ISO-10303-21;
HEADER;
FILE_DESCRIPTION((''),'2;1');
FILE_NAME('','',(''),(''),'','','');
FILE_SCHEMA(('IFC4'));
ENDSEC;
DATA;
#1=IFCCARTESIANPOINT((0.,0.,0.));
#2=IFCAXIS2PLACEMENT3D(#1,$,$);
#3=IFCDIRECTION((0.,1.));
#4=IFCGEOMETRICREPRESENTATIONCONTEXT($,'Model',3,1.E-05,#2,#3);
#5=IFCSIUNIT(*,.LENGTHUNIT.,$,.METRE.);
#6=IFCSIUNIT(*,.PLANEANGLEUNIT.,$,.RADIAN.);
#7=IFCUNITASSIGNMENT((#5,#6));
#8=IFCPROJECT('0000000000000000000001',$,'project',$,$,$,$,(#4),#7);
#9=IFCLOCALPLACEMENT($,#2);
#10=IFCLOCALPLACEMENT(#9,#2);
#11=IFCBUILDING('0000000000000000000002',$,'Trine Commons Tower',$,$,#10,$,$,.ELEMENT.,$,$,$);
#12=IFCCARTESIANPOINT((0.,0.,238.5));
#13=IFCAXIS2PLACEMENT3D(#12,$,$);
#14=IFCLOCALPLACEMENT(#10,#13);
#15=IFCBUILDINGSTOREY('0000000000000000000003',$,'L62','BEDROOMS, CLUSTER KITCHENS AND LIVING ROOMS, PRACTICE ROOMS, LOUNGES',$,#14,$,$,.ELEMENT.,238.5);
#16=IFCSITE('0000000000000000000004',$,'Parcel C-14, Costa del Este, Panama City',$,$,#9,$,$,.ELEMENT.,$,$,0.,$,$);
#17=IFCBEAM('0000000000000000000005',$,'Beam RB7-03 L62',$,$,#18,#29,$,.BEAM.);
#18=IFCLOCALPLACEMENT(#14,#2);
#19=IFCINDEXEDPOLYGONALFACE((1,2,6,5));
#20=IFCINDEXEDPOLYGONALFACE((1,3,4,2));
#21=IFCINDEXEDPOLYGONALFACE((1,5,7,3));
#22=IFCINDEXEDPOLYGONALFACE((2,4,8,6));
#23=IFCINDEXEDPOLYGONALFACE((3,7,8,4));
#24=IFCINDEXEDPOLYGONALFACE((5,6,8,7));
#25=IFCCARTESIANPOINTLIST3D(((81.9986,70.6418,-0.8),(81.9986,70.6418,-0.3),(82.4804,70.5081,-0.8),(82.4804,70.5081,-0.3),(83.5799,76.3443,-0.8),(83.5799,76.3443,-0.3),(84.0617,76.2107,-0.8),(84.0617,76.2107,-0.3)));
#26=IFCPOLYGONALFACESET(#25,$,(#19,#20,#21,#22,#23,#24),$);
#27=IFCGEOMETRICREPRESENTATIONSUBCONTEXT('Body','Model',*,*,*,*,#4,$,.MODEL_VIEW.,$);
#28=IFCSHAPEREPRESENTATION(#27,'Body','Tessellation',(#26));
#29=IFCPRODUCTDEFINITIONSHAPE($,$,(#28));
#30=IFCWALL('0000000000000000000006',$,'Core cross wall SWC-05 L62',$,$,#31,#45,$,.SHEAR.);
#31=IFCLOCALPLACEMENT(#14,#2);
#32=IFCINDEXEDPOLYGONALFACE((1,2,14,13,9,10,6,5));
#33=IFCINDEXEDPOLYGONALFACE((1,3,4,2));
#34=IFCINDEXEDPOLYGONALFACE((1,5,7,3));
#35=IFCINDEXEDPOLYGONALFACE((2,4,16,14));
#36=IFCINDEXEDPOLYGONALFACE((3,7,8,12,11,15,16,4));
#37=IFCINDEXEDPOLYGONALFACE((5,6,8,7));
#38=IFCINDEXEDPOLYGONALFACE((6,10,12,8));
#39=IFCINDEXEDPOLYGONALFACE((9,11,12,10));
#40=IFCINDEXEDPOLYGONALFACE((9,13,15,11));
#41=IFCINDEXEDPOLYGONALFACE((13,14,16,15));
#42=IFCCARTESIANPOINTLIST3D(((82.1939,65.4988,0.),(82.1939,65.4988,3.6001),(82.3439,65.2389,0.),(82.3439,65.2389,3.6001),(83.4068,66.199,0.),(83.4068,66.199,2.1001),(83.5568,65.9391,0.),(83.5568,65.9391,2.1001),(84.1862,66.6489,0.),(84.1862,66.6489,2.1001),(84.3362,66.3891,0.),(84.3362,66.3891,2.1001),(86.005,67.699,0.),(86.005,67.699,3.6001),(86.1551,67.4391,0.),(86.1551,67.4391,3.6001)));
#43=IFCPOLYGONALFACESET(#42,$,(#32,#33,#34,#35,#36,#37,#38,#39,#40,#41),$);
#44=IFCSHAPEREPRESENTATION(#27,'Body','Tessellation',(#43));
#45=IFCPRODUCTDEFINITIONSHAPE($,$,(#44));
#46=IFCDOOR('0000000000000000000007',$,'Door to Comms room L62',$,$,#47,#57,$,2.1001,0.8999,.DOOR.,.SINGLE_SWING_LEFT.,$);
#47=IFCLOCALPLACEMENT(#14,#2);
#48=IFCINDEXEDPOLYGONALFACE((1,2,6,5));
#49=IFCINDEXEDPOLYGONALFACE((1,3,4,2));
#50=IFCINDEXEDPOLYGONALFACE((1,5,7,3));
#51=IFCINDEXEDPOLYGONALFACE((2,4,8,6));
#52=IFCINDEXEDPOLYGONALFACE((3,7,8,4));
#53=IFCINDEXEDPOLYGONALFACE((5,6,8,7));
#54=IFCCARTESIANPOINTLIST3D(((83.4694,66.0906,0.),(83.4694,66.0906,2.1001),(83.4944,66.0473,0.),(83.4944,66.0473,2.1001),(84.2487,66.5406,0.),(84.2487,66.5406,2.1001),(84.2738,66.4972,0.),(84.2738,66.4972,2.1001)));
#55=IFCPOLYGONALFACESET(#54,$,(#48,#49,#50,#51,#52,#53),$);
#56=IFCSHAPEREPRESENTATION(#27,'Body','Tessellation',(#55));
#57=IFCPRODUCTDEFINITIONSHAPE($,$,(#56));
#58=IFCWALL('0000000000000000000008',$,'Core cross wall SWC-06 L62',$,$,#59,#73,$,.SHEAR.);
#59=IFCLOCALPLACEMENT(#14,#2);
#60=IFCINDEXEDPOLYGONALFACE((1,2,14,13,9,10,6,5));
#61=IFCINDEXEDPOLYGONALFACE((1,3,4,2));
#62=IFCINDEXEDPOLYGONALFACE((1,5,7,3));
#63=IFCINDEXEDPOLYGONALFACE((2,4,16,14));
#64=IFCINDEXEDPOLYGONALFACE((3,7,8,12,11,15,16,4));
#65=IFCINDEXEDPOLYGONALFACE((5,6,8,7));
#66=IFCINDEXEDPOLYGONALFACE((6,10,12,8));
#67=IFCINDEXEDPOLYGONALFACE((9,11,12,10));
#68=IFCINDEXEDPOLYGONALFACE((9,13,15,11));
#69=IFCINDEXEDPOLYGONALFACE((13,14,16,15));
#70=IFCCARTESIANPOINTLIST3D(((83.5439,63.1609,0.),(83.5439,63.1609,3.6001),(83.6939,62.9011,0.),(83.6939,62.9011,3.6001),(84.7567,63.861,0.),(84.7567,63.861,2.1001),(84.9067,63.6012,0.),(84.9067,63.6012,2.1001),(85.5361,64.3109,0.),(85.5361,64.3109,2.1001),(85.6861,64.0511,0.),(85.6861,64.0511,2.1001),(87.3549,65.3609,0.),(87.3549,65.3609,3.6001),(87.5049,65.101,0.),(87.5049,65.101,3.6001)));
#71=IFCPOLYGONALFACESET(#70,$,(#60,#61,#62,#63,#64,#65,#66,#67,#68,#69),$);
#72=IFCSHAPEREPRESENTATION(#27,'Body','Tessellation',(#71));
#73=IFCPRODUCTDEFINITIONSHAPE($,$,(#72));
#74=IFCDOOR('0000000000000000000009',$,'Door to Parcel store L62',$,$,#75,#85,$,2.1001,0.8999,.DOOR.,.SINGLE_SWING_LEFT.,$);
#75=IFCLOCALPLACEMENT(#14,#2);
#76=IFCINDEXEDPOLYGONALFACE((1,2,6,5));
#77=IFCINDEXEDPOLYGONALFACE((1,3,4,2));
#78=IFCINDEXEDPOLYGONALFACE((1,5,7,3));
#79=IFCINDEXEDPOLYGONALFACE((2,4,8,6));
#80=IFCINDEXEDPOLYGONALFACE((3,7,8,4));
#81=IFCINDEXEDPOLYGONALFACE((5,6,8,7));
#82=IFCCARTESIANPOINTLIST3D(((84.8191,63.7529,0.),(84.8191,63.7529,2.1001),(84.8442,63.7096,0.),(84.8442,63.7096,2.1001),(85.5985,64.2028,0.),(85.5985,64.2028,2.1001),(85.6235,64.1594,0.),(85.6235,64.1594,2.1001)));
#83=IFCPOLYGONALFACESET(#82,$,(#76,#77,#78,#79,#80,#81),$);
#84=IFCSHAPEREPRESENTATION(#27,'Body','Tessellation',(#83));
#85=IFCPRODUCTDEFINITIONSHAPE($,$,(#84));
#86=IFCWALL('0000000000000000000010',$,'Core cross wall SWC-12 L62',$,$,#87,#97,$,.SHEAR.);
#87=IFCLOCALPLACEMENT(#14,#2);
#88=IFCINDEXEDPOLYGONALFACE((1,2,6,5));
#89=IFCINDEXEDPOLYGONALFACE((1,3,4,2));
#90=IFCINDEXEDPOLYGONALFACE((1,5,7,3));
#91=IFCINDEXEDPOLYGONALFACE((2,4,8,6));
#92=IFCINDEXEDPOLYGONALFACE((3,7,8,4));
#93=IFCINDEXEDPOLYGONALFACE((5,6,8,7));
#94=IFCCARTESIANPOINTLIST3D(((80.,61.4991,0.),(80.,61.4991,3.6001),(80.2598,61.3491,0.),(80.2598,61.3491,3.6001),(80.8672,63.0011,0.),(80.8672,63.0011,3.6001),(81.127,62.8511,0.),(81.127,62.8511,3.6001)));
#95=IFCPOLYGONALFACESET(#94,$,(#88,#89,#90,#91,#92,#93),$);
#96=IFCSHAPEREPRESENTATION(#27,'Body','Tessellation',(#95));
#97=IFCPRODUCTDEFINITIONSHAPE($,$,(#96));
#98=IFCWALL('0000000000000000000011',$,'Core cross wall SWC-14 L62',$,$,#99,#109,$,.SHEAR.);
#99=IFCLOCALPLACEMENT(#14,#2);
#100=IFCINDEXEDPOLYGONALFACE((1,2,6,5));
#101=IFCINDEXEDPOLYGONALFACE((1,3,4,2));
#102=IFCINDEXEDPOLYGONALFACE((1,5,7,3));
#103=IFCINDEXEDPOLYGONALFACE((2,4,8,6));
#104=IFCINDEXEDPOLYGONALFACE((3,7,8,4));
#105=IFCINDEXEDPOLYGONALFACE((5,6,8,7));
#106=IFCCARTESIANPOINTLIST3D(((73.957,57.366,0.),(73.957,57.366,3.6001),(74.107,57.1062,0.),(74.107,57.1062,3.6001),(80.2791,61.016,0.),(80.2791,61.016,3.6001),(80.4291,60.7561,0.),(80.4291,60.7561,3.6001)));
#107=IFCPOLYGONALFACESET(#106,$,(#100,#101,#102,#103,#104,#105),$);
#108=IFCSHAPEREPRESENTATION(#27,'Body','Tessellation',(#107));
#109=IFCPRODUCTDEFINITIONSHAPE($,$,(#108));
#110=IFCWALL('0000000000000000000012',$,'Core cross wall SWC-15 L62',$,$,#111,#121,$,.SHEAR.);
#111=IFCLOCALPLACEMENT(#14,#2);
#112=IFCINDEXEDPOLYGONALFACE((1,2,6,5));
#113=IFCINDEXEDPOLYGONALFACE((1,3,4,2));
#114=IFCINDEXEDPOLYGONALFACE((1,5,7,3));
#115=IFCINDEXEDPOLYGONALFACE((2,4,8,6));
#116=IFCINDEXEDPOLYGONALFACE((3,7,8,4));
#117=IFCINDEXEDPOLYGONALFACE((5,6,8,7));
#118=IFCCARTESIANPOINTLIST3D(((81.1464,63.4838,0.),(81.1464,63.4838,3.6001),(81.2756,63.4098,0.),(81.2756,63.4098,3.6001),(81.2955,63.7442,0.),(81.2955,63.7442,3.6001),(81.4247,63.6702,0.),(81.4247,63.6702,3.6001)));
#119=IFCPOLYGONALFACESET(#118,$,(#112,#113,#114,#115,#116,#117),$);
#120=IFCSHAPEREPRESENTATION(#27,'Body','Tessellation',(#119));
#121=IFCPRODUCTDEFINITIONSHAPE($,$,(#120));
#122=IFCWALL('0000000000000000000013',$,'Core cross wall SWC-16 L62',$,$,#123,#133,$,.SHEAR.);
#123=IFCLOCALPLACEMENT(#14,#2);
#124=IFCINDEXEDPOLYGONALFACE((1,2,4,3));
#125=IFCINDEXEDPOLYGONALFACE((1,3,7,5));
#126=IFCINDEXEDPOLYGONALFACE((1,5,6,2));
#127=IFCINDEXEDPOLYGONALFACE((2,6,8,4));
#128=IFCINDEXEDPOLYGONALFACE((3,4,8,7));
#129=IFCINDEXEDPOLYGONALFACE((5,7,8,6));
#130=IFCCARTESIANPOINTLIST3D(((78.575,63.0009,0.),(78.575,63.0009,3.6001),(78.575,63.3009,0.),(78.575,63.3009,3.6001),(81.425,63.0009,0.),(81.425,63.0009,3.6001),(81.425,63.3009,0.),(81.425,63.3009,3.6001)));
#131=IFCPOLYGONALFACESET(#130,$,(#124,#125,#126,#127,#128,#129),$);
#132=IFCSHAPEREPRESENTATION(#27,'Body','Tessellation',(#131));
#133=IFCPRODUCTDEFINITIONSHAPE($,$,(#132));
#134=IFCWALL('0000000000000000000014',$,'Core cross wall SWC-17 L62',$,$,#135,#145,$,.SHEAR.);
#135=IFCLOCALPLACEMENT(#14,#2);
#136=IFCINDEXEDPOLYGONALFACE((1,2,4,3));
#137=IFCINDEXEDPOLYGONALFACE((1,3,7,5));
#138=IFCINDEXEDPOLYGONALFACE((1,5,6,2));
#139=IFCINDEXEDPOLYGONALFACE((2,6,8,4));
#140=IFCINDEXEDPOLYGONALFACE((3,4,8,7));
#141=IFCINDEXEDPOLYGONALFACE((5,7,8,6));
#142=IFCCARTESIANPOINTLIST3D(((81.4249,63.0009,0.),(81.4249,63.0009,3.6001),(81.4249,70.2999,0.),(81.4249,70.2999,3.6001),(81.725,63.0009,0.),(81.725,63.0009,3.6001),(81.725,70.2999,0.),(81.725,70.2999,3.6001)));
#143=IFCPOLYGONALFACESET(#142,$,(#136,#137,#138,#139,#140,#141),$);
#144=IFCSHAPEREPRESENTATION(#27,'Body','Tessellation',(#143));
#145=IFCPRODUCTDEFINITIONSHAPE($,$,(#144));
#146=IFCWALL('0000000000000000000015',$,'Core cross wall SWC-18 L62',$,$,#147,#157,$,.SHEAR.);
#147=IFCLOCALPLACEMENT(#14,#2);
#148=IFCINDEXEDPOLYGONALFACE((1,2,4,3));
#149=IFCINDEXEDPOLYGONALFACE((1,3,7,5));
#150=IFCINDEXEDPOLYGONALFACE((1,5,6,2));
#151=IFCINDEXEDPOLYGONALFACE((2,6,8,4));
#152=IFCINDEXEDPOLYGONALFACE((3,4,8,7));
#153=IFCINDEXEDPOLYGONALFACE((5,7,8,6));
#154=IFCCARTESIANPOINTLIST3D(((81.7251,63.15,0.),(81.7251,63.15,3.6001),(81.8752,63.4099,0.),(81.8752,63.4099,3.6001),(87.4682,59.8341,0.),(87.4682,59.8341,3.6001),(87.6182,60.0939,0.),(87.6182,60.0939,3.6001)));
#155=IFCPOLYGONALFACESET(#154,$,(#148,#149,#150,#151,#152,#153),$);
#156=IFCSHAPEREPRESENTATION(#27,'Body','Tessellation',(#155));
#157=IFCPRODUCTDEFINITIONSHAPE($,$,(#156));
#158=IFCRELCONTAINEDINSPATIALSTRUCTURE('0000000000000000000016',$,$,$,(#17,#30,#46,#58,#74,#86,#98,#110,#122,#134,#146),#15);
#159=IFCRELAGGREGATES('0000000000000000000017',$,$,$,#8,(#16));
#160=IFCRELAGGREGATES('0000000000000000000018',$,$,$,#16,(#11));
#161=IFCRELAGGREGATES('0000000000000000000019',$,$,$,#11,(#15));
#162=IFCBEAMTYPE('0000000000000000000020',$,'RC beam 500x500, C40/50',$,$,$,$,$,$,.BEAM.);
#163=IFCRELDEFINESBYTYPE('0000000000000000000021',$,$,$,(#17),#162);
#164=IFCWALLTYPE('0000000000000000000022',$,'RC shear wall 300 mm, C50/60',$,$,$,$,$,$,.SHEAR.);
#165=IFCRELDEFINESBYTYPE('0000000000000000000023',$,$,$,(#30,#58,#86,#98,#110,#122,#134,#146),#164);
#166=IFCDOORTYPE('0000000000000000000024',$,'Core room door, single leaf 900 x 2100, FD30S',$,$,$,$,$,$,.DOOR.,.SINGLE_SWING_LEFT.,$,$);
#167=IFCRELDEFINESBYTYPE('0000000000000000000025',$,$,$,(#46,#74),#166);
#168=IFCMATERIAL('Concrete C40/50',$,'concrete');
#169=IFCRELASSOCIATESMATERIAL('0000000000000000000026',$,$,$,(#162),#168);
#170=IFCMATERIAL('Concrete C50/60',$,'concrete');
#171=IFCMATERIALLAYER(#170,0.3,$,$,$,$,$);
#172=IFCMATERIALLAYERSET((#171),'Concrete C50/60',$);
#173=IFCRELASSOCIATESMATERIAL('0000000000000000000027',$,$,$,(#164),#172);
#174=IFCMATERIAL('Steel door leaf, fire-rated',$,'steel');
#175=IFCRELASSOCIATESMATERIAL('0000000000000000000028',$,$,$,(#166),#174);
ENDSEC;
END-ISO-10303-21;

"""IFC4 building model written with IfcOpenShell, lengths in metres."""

from ifc_helpers import new_model, si_unit, direction, frame, frame_2d, origin, origin_2d, place, context, subcontext, project, spatial, rectangle, extrude, material, layer, layer_set, material_profile, profile_set, type_object, element, fill, save


model = new_model("IFC4")

# Units and contexts
model_context = context("Model", 3, precision=1e-05, world=origin(), true_north=direction((0.0, 1.0)))
body_context = subcontext(model_context, "Body", "Model", "MODEL_VIEW")
ifc_project = project(units=[si_unit("LENGTHUNIT", "METRE"), si_unit("PLANEANGLEUNIT", "RADIAN")], contexts=[model_context])

# Site, building, storey
site_placement = place(None, origin())
site = spatial("IfcSite", under=ifc_project, at=site_placement, Name="Parcel C-14, Costa del Este, Panama City", CompositionType="ELEMENT", RefElevation=0.0)
building_placement = place(site_placement, origin())
building = spatial("IfcBuilding", under=site, at=building_placement, Name="Trine Commons Tower", CompositionType="ELEMENT")
storey_placement = place(building_placement, frame((0.0, 0.0, 238.5)))
storey = spatial("IfcBuildingStorey", under=building, at=storey_placement, Name="L62", Description="BEDROOMS, CLUSTER KITCHENS AND LIVING ROOMS, PRACTICE ROOMS, LOUNGES", CompositionType="ELEMENT", Elevation=238.5)

# Beam
ifc_material_1 = material(Name="Concrete C40/50", Category="concrete")
ifc_material_profile = material_profile(ifc_material_1, rectangle(XDim=0.5, YDim=0.5, at=origin_2d()), Name="RC 500x500")
ifc_profile_set = profile_set([ifc_material_profile], Name="Concrete C40/50")
beam_type = type_object("IfcBeamType", Name="RC beam 500x500, C40/50", PredefinedType="BEAM", material=ifc_profile_set)
beam_placement = place(storey_placement, frame((82.2395, 70.575, -0.55), z_axis=(0.26721, 0.963638, 0.0), x_axis=(-0.963638, 0.26721, 0.0)))
element("IfcBeam", 1, at=beam_placement, inside=storey, type_object=beam_type, Name="Beam RB7-03 L62", PredefinedType="BEAM", context=body_context, shape_type="SweptSolid", body=[
    extrude(rectangle(XDim=0.5, YDim=0.5, at=origin_2d()), origin(), (0.0, 0.0, 1.0), 5.9177),
])

# Walls, openings, doors
ifc_material_2 = material(Name="Concrete C50/60", Category="concrete")
ifc_layer_1 = layer(ifc_material_2, 0.3)
ifc_layer_set_1 = layer_set([ifc_layer_1], Name="Concrete C50/60")
wall_type_1 = type_object("IfcWallType", Name="RC shear wall 300 mm, C50/60", PredefinedType="SHEAR", material=ifc_layer_set_1)
wall_1_placement = place(storey_placement, frame((82.269, 65.3689, 0.0), z_axis=(0.0, 0.0, 1.0), x_axis=(0.866036, 0.499982, 0.0)))
wall_1 = element("IfcWall", 2, at=wall_1_placement, inside=storey, type_object=wall_type_1, Name="Core cross wall SWC-05 L62", PredefinedType="SHEAR", context=body_context, shape_type="SweptSolid", body=[
    extrude(rectangle(XDim=4.4006, YDim=0.3, at=frame_2d((2.2002, 0.0))), origin(), (0.0, 0.0, 1.0), 3.6001),
])
opening_1_placement = place(wall_1_placement, frame((1.4004, 0.0, 0.0)))
opening_1 = element("IfcOpeningElement", 3, at=opening_1_placement, cuts=wall_1, PredefinedType="OPENING", context=body_context, shape_type="SweptSolid", body=[
    extrude(rectangle(XDim=0.8999, YDim=2.1001, at=frame_2d((0.45, 1.05))), frame((0.0, 0.1599, 0.0), z_axis=(0.0, -1.0, 0.0), x_axis=(1.0, 0.0, 0.0)), (0.0, 0.0, 1.0), 0.3201),
])
ifc_material_3 = material(Name="Steel door leaf, fire-rated", Category="steel")
door_type_1 = type_object("IfcDoorType", Name="Core room door, single leaf 900 x 2100, FD30S", OperationType="SINGLE_SWING_LEFT", PredefinedType="DOOR", material=ifc_material_3)
door_1_placement = place(opening_1_placement, origin())
door_1 = element("IfcDoor", 4, at=door_1_placement, inside=storey, type_object=door_type_1, Name="Door to Comms room L62", OperationType="SINGLE_SWING_LEFT", OverallHeight=2.1001, OverallWidth=0.8999, PredefinedType="DOOR", context=body_context, shape_type="SweptSolid", body=[
    extrude(rectangle(XDim=0.8999, YDim=2.1001, at=frame_2d((0.45, 1.05))), frame((0.0, 0.0249, 0.0), z_axis=(0.0, -1.0, 0.0), x_axis=(1.0, 0.0, 0.0)), (0.0, 0.0, 1.0), 0.05),
])
fill(opening_1, door_1)
wall_2_placement = place(storey_placement, frame((83.6189, 63.031, 0.0), z_axis=(0.0, 0.0, 1.0), x_axis=(0.86606, 0.49994, 0.0)))
wall_2 = element("IfcWall", 5, at=wall_2_placement, inside=storey, type_object=wall_type_1, Name="Core cross wall SWC-06 L62", PredefinedType="SHEAR", context=body_context, shape_type="SweptSolid", body=[
    extrude(rectangle(XDim=4.4004, YDim=0.3, at=frame_2d((2.2002, 0.0))), origin(), (0.0, 0.0, 1.0), 3.6001),
])
opening_2_placement = place(wall_2_placement, frame((1.4004, 0.0, 0.0)))
opening_2 = element("IfcOpeningElement", 6, at=opening_2_placement, cuts=wall_2, PredefinedType="OPENING", context=body_context, shape_type="SweptSolid", body=[
    extrude(rectangle(XDim=0.8999, YDim=2.1001, at=frame_2d((0.45, 1.05))), frame((0.0, 0.1599, 0.0), z_axis=(0.0, -1.0, 0.0), x_axis=(1.0, 0.0, 0.0)), (0.0, 0.0, 1.0), 0.3201),
])
door_2_placement = place(opening_2_placement, frame((0.8999, 0.0, 0.0), z_axis=(0.0, 0.0, 1.0), x_axis=(-1.0, 0.0, 0.0)))
door_2 = element("IfcDoor", 7, at=door_2_placement, inside=storey, type_object=door_type_1, Name="Door to Parcel store L62", OperationType="SINGLE_SWING_LEFT", OverallHeight=2.1001, OverallWidth=0.8999, PredefinedType="DOOR", context=body_context, shape_type="SweptSolid", body=[
    extrude(rectangle(XDim=0.8999, YDim=2.1001, at=frame_2d((0.45, 1.05))), frame((0.0, 0.0249, 0.0), z_axis=(0.0, -1.0, 0.0), x_axis=(1.0, 0.0, 0.0)), (0.0, 0.0, 1.0), 0.05),
])
fill(opening_2, door_2)

# Walls
wall_3_placement = place(storey_placement, frame((80.1299, 61.4241, 0.0), z_axis=(0.0, 0.0, 1.0), x_axis=(0.500015, 0.866017, 0.0)))
element("IfcWall", 8, at=wall_3_placement, inside=storey, type_object=wall_type_1, Name="Core cross wall SWC-12 L62", PredefinedType="SHEAR", context=body_context, shape_type="SweptSolid", body=[
    extrude(rectangle(XDim=1.7344, YDim=0.3, at=frame_2d((0.8672, 0.0))), origin(), (0.0, 0.0, 1.0), 3.6001),
])
wall_4_placement = place(storey_placement, frame((80.354, 60.886, 0.0), z_axis=(0.0, 0.0, 1.0), x_axis=(-0.866032, -0.499988, 0.0)))
element("IfcWall", 9, at=wall_4_placement, inside=storey, type_object=wall_type_1, Name="Core cross wall SWC-14 L62", PredefinedType="SHEAR", context=body_context, shape_type="SweptSolid", body=[
    extrude(rectangle(XDim=7.3, YDim=0.3, at=frame_2d((3.6499, 0.0))), origin(), (0.0, 0.0, 1.0), 3.6001),
])
wall_5_placement = place(storey_placement, frame((81.2209, 63.614, 0.0), z_axis=(0.0, 0.0, 1.0), x_axis=(0.867738, -0.497022, 0.0)))
element("IfcWall", 10, at=wall_5_placement, inside=storey, type_object=wall_type_1, Name="Core cross wall SWC-15 L62", PredefinedType="SHEAR", context=body_context, shape_type="SweptSolid", body=[
    extrude(rectangle(XDim=0.1489, YDim=0.3, at=frame_2d((0.0745, 0.0))), origin(), (0.0, 0.0, 1.0), 3.6001),
])
wall_6_placement = place(storey_placement, frame((81.425, 63.1509, 0.0), z_axis=(0.0, 0.0, 1.0), x_axis=(-1.0, 0.0, 0.0)))
element("IfcWall", 11, at=wall_6_placement, inside=storey, type_object=wall_type_1, Name="Core cross wall SWC-16 L62", PredefinedType="SHEAR", context=body_context, shape_type="SweptSolid", body=[
    extrude(rectangle(XDim=2.8501, YDim=0.3, at=frame_2d((1.425, 0.0))), origin(), (0.0, 0.0, 1.0), 3.6001),
])
wall_7_placement = place(storey_placement, frame((81.575, 63.001, 0.0), z_axis=(0.0, 0.0, 1.0), x_axis=(0.0, 1.0, 0.0)))
element("IfcWall", 12, at=wall_7_placement, inside=storey, type_object=wall_type_1, Name="Core cross wall SWC-17 L62", PredefinedType="SHEAR", context=body_context, shape_type="SweptSolid", body=[
    extrude(rectangle(XDim=7.2991, YDim=0.3, at=frame_2d((3.6494, 0.0))), origin(), (0.0, 0.0, 1.0), 3.6001),
])
wall_8_placement = place(storey_placement, frame((81.8, 63.28, 0.0), z_axis=(0.0, 0.0, 1.0), x_axis=(0.86601, -0.500027, 0.0)))
element("IfcWall", 13, at=wall_8_placement, inside=storey, type_object=wall_type_1, Name="Core cross wall SWC-18 L62", PredefinedType="SHEAR", context=body_context, shape_type="SweptSolid", body=[
    extrude(rectangle(XDim=6.6316, YDim=0.3, at=frame_2d((3.3159, 0.0))), origin(), (0.0, 0.0, 1.0), 3.6001),
])

save(model, "model.ifc")
